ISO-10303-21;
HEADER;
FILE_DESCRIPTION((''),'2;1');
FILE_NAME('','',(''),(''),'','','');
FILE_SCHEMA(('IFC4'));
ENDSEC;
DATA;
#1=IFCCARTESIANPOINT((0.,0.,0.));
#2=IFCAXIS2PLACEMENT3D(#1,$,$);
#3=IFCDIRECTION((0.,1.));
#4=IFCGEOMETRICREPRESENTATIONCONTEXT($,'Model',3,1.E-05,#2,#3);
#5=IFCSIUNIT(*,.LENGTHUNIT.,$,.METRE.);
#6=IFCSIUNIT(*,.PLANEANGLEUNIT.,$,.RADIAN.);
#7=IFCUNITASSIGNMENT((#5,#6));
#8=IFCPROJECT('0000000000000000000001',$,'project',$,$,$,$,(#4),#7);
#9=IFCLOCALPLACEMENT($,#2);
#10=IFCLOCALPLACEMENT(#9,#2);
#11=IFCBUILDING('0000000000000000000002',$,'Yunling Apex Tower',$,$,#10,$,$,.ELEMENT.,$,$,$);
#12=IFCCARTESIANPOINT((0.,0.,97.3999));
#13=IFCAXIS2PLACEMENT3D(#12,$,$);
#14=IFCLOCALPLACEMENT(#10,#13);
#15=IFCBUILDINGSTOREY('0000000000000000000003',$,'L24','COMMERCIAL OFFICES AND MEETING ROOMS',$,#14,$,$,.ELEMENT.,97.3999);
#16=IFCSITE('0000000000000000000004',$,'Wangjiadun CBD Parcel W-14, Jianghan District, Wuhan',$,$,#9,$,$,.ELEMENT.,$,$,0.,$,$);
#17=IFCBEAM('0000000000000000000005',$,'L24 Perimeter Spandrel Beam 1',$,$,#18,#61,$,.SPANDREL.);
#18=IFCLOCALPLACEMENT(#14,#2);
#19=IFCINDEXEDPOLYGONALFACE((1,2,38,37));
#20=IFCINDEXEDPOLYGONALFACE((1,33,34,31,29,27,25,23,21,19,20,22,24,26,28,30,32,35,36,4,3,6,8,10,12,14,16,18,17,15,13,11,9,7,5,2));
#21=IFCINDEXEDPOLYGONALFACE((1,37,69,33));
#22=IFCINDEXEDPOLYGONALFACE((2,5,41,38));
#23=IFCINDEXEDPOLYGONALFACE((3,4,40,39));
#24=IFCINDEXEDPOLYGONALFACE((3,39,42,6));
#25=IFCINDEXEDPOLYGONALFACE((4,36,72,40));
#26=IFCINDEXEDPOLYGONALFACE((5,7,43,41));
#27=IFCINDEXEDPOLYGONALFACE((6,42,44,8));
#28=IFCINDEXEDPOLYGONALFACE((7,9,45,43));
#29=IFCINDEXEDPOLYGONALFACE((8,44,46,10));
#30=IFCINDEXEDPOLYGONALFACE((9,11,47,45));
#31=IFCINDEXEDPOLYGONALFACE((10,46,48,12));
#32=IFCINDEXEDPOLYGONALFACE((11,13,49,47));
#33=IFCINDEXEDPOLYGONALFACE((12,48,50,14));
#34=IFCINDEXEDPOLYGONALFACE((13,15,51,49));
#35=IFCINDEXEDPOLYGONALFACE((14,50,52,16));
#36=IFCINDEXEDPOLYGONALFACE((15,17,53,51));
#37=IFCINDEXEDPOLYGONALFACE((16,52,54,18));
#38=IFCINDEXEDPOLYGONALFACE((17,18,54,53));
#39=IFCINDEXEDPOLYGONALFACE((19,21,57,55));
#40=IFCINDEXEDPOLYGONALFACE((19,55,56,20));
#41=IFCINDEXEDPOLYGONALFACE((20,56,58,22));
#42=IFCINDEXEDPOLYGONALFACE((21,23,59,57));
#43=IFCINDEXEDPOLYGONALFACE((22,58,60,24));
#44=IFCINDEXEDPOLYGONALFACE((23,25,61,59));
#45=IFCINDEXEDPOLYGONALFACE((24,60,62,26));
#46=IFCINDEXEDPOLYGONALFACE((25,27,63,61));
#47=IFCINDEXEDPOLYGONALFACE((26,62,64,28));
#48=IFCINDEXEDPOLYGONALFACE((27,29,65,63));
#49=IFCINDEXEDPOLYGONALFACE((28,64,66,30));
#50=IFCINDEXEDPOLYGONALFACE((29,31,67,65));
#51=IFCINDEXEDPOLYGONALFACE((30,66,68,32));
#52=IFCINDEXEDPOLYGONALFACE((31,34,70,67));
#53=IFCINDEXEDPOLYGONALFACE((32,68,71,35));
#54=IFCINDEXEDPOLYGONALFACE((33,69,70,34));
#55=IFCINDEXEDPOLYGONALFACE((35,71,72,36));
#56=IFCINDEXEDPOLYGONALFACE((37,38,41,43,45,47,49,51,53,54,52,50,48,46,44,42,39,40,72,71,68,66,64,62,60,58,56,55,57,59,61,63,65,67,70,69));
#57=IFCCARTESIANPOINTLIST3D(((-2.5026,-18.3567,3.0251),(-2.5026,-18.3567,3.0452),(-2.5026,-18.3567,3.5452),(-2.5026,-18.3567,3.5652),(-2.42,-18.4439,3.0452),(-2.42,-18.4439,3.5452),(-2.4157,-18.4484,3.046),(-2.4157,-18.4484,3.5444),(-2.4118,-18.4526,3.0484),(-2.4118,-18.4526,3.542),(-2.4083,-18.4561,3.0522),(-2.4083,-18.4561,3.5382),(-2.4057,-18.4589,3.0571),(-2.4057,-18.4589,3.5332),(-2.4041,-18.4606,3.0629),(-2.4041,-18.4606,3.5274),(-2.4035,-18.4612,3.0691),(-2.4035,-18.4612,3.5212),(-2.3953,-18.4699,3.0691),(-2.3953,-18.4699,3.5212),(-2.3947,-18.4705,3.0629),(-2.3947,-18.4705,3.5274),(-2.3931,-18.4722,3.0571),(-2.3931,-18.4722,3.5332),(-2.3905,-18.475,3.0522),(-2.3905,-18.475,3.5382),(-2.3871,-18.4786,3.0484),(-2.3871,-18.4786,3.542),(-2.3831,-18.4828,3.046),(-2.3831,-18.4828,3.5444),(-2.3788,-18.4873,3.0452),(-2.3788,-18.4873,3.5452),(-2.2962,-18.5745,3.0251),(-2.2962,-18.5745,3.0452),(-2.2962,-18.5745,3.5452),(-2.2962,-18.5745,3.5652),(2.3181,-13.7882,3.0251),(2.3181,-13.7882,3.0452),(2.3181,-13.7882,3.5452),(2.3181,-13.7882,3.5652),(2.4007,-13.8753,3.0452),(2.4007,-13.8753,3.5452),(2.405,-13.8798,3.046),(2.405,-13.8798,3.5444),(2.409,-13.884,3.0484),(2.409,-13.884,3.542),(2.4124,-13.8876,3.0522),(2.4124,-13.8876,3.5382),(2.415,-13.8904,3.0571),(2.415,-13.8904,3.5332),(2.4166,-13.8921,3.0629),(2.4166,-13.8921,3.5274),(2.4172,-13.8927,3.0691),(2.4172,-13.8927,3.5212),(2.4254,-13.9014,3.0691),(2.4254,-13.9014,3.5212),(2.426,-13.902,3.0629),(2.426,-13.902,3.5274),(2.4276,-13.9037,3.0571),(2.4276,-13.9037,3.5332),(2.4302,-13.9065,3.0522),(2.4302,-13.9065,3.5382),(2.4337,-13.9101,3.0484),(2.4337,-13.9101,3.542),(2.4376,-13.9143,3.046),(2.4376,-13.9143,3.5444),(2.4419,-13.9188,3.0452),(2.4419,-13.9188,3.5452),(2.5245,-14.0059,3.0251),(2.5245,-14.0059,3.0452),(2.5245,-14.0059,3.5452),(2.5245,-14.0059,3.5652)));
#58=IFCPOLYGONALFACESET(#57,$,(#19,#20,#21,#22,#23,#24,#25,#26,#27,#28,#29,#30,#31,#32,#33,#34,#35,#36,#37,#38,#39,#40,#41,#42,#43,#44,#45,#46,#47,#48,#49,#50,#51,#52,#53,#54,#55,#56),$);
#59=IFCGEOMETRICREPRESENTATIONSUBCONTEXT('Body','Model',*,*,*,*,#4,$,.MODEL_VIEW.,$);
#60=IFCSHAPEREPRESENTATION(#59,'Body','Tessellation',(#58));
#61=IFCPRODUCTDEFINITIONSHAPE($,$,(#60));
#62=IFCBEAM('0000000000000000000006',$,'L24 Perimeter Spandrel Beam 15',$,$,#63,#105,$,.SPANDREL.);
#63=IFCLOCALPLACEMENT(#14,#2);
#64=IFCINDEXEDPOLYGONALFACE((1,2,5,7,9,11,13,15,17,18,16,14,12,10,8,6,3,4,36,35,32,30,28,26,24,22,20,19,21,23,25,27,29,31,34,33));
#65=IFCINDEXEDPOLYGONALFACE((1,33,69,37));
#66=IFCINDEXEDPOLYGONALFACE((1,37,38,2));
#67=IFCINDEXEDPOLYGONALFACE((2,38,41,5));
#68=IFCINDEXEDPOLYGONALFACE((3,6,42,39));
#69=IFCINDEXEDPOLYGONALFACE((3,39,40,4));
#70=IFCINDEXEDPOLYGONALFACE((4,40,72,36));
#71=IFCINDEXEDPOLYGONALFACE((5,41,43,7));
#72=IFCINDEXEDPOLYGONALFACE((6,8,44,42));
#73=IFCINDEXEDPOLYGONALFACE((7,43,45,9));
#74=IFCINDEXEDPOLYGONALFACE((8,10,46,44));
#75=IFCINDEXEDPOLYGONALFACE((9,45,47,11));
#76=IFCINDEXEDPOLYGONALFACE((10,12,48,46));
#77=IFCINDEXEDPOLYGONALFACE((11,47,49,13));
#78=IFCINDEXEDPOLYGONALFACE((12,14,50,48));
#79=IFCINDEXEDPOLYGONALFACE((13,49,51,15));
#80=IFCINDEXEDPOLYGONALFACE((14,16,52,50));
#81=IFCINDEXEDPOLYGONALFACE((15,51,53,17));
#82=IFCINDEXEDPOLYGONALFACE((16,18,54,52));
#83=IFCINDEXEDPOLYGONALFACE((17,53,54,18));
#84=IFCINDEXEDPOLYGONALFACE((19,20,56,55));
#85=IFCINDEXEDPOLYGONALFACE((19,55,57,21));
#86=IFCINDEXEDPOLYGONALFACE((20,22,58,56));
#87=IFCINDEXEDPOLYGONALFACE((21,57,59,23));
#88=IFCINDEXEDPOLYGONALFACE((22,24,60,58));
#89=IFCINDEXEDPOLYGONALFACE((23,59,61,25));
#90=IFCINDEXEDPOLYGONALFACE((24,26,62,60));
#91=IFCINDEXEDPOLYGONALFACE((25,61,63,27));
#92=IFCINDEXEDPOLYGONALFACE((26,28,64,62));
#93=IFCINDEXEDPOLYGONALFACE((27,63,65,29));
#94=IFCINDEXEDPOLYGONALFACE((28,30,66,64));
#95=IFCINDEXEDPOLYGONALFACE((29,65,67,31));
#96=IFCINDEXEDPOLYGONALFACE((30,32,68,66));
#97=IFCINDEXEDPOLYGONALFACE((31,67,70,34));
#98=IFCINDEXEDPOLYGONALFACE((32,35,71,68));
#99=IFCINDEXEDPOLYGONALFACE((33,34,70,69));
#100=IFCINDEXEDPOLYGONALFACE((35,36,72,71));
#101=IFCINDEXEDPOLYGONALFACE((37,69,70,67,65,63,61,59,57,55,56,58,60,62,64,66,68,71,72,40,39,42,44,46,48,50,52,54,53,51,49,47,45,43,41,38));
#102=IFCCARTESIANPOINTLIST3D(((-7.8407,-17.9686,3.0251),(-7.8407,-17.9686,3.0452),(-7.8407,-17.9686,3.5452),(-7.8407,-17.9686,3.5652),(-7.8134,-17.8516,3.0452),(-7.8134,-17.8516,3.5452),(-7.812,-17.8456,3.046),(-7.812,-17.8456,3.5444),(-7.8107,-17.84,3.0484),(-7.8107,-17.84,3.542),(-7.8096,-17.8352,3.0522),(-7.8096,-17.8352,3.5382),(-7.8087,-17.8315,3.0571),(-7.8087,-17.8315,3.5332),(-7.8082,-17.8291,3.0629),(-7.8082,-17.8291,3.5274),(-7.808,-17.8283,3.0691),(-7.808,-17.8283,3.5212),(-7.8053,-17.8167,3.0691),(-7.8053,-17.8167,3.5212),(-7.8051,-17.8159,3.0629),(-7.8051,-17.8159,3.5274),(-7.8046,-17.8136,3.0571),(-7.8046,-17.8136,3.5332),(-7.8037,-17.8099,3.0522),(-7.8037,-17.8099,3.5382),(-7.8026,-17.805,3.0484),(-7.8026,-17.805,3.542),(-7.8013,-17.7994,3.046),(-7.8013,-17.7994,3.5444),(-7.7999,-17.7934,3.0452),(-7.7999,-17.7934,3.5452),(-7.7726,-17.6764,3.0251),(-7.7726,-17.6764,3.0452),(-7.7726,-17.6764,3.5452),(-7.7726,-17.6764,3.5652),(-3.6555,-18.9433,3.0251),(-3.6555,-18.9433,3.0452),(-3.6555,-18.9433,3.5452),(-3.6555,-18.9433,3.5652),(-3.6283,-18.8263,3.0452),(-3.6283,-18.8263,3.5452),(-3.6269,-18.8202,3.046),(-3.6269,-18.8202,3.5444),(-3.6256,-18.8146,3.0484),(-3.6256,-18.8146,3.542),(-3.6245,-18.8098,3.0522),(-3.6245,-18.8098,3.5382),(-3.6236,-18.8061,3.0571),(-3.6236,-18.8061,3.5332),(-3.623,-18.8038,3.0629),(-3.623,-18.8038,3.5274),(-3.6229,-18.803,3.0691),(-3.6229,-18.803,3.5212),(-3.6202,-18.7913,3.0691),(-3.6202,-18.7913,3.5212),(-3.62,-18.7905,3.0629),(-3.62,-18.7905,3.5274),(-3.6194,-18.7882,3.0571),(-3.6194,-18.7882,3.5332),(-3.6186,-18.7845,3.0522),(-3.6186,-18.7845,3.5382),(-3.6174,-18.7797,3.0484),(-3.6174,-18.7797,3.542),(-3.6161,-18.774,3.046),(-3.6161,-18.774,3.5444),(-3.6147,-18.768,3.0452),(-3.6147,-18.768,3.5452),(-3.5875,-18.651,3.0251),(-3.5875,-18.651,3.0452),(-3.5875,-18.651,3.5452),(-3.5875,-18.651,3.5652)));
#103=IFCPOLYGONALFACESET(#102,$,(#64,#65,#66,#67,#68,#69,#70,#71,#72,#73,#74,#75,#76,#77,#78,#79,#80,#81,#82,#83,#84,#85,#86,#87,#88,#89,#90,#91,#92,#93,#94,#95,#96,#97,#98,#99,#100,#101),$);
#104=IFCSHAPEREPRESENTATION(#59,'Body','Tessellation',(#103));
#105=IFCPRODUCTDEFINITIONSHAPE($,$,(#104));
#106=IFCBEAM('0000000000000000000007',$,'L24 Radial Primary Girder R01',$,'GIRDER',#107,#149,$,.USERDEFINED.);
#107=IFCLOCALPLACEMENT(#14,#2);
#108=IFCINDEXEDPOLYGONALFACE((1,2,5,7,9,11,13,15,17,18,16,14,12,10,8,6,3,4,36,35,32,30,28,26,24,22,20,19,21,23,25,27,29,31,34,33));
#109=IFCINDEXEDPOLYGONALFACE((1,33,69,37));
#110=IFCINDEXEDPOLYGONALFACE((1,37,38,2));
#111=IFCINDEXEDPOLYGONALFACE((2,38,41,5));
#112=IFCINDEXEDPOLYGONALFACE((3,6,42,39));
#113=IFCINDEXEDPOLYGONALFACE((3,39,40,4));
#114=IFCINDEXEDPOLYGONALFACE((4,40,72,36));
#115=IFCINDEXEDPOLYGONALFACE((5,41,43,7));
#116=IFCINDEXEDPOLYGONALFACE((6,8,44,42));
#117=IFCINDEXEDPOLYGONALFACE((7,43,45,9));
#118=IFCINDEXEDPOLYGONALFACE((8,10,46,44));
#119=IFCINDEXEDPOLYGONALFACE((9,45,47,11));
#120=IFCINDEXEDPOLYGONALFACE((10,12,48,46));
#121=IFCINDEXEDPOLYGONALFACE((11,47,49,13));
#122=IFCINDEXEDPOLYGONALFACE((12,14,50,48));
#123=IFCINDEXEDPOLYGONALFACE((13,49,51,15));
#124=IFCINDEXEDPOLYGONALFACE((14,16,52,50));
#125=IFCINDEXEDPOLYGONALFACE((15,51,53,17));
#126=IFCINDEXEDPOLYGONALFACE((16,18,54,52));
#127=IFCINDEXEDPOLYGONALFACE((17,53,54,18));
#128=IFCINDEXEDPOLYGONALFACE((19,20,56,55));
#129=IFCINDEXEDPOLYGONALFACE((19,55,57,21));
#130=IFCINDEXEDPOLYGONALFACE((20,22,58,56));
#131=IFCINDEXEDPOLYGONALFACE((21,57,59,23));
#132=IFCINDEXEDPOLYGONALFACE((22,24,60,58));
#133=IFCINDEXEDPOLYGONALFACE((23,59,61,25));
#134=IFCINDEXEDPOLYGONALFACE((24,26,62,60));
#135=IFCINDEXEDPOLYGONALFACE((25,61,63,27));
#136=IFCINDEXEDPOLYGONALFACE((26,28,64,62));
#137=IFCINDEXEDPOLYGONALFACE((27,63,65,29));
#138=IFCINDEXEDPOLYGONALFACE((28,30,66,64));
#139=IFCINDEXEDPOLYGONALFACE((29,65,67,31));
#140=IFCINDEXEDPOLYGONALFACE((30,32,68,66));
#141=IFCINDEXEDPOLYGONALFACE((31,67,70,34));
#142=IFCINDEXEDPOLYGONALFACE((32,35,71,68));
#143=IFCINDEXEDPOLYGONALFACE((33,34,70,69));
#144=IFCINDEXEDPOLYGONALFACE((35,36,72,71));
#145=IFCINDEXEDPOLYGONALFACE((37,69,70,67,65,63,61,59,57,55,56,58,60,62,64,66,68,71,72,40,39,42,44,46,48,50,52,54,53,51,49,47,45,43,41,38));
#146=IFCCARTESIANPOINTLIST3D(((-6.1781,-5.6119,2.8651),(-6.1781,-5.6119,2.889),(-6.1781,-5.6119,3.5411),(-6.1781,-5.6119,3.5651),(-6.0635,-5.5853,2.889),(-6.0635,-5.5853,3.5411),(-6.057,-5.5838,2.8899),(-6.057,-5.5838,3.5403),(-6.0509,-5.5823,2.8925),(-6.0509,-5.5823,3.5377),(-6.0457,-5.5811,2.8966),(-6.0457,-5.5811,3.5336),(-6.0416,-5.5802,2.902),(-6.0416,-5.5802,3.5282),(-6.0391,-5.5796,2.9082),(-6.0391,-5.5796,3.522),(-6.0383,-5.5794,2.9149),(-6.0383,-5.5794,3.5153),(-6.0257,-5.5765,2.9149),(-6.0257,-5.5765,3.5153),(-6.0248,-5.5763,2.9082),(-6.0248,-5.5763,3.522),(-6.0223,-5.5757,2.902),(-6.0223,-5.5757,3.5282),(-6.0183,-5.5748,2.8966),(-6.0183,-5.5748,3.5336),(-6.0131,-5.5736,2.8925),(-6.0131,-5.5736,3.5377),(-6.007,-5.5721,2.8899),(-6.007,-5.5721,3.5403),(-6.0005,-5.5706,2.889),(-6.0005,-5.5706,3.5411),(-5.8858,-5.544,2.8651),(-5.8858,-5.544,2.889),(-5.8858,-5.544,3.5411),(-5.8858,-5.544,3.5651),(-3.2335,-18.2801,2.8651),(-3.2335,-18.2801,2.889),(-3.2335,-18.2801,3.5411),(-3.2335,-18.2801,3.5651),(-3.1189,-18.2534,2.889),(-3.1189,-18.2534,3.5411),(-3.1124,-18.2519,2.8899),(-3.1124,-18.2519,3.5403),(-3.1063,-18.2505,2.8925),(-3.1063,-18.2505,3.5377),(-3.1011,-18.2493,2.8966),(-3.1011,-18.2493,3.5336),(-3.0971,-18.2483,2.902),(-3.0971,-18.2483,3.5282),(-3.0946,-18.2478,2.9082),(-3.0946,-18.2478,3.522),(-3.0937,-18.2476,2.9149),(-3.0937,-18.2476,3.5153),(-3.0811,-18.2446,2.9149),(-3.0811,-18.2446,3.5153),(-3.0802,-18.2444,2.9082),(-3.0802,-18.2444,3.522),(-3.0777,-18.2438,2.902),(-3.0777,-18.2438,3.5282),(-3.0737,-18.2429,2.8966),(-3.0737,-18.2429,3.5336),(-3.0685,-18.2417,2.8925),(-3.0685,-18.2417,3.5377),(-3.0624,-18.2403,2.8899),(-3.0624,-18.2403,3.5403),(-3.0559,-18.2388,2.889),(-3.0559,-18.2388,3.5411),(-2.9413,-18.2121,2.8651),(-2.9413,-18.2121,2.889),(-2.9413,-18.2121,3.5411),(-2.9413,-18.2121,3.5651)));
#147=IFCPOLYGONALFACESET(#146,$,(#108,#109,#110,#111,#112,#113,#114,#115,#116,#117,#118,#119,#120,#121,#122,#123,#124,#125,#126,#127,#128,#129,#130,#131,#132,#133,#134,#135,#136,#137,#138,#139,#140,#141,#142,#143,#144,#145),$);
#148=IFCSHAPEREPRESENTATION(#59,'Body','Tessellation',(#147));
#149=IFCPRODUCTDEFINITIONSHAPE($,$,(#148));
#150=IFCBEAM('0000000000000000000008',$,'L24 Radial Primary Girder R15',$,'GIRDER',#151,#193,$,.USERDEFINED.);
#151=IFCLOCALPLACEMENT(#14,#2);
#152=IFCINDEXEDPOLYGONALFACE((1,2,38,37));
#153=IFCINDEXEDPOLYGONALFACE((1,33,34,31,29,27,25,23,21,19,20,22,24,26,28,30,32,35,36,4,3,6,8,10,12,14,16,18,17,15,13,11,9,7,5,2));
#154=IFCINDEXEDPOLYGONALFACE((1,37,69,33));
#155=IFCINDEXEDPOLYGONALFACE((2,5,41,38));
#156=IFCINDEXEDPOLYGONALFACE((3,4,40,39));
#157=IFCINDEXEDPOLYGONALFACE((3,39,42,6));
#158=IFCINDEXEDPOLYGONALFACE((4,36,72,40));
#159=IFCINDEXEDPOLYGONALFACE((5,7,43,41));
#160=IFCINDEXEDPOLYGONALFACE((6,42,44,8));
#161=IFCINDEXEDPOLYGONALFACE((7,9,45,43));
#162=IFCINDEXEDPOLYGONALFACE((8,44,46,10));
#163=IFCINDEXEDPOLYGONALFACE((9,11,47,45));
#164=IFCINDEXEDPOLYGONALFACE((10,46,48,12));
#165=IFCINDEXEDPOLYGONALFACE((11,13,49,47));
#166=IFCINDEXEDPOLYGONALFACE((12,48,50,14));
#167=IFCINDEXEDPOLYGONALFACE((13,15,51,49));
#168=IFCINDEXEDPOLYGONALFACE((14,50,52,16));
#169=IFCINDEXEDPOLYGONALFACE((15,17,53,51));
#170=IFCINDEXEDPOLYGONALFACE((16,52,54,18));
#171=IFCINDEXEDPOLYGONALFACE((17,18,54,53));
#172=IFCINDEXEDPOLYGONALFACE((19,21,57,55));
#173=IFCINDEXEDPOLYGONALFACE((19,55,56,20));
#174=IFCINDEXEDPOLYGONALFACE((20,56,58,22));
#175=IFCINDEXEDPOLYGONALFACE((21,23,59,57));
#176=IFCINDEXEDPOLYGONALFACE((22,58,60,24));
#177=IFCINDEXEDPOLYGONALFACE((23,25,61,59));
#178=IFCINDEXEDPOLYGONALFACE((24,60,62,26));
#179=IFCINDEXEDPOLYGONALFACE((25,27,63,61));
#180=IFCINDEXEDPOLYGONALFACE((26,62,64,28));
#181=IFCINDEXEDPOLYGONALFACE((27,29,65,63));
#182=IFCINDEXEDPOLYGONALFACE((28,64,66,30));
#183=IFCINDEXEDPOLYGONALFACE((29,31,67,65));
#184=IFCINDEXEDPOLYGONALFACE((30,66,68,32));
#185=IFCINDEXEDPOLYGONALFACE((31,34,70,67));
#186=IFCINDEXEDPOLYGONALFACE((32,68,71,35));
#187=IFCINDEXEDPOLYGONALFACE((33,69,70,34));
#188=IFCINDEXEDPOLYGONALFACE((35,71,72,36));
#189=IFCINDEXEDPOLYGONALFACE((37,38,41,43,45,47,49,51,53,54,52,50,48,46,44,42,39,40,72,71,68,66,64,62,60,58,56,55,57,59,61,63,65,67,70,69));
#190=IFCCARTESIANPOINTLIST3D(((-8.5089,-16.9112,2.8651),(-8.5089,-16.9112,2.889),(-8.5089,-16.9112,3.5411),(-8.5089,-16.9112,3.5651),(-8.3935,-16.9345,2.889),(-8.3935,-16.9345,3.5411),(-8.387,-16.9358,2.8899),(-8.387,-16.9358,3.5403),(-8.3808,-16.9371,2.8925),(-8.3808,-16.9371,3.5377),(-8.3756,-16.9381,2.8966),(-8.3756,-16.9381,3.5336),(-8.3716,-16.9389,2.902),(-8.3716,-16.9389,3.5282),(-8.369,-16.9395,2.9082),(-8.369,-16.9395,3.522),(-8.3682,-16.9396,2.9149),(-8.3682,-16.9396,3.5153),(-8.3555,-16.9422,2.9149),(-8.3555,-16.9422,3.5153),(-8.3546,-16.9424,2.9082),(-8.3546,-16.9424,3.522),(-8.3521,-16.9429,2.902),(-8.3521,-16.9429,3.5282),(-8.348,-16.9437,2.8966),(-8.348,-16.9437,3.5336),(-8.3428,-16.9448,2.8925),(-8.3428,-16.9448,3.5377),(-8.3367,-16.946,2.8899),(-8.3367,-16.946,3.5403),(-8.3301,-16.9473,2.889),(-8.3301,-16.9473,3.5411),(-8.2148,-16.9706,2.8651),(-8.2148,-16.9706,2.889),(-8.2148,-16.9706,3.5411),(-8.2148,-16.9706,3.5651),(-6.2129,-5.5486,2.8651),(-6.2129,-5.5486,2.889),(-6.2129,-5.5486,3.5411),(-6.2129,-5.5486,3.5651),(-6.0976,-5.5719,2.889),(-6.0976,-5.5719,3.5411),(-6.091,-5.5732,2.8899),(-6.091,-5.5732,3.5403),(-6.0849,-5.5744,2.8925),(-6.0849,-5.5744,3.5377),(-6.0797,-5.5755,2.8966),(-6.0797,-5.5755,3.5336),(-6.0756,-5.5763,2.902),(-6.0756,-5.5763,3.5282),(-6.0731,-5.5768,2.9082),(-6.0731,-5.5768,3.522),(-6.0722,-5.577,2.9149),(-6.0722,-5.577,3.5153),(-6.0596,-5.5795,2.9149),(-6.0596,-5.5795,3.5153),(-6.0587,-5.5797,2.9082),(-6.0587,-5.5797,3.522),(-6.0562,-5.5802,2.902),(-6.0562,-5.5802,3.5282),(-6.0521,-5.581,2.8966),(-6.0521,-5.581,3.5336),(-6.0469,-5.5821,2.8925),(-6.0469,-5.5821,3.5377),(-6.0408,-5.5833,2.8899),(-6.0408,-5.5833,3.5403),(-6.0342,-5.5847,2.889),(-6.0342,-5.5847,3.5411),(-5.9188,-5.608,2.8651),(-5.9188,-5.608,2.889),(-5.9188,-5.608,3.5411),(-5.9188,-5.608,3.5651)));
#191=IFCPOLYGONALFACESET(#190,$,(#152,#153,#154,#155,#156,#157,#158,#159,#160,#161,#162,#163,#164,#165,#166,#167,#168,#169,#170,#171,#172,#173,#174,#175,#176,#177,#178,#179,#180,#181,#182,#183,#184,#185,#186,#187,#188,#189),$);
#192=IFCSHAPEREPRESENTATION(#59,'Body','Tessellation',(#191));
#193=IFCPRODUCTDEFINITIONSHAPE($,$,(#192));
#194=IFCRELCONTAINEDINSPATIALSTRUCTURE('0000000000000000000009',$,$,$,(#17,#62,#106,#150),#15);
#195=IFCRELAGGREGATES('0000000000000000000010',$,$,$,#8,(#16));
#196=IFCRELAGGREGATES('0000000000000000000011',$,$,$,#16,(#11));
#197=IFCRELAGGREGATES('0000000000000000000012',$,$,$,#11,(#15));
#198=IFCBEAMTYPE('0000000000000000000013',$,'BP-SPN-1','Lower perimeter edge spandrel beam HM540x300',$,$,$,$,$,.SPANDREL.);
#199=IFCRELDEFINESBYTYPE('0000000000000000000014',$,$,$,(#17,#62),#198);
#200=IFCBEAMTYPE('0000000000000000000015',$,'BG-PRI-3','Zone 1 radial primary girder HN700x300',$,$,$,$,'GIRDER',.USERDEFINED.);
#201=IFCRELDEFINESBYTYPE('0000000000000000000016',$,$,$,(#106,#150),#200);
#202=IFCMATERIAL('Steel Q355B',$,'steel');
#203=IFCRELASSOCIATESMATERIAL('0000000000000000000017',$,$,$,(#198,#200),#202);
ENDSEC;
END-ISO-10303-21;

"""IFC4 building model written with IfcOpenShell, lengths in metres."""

from ifc_helpers import new_model, si_unit, direction, frame, origin, origin_2d, place, context, subcontext, project, spatial, i_section, extrude, source, transform, mapped, material, material_profile, profile_set, type_object, element, save


model = new_model("IFC4")

# Units and contexts
model_context = context("Model", 3, precision=1e-05, world=origin(), true_north=direction((0.0, 1.0)))
body_context = subcontext(model_context, "Body", "Model", "MODEL_VIEW")
ifc_project = project(units=[si_unit("LENGTHUNIT", "METRE"), si_unit("PLANEANGLEUNIT", "RADIAN")], contexts=[model_context])

# Site, building, storey
site_placement = place(None, origin())
site = spatial("IfcSite", under=ifc_project, at=site_placement, Name="Wangjiadun CBD Parcel W-14, Jianghan District, Wuhan", CompositionType="ELEMENT", RefElevation=0.0)
building_placement = place(site_placement, origin())
building = spatial("IfcBuilding", under=site, at=building_placement, Name="Yunling Apex Tower", CompositionType="ELEMENT")
storey_placement = place(building_placement, frame((0.0, 0.0, 97.3999)))
storey = spatial("IfcBuildingStorey", under=building, at=storey_placement, Name="L24", Description="COMMERCIAL OFFICES AND MEETING ROOMS", CompositionType="ELEMENT", Elevation=97.3999)

# Beams
ifc_material_1 = material(Name="Steel Q355B", Category="steel")
ifc_material_profile_1 = material_profile(ifc_material_1, i_section(OverallWidth=0.3, OverallDepth=0.54, WebThickness=0.012, FlangeThickness=0.02, FilletRadius=0.0239, at=origin_2d()))
ifc_profile_set_1 = profile_set([ifc_material_profile_1], Name="Steel Q355B")
beam_type_1 = type_object("IfcBeamType", Name="BP-SPN-1", Description="Lower perimeter edge spandrel beam HM540x300", PredefinedType="SPANDREL", material=ifc_profile_set_1)
shared_shape_1 = source(origin(), body_context, "Body", "SweptSolid", [
    extrude(i_section(OverallWidth=0.3, OverallDepth=0.54, WebThickness=0.012, FlangeThickness=0.02, FilletRadius=0.0239, at=origin_2d()), origin(), (0.0, 0.0, 1.0), 6.6416),
])
beam_1_placement = place(storey_placement, frame((-2.3994, -18.4656, 3.2952), z_axis=(0.725838, 0.687866, 0.0), x_axis=(-0.687866, 0.725838, 0.0)))
element("IfcBeam", 1, at=beam_1_placement, inside=storey, type_object=beam_type_1, Name="L24 Perimeter Spandrel Beam 1", PredefinedType="SPANDREL", context=body_context, shape_type="MappedRepresentation", body=[
    mapped(shared_shape_1, transform((0.0, 0.0, 0.0), scale=1.0)),
])
shared_shape_2 = source(origin(), body_context, "Body", "SweptSolid", [
    extrude(i_section(OverallWidth=0.3, OverallDepth=0.54, WebThickness=0.012, FlangeThickness=0.02, FilletRadius=0.0239, at=origin_2d()), origin(), (0.0, 0.0, 1.0), 4.2971),
])
beam_2_placement = place(storey_placement, frame((-7.8066, -17.8225, 3.2952), z_axis=(0.973939, -0.226809, 0.0), x_axis=(0.226809, 0.973939, 0.0)))
element("IfcBeam", 2, at=beam_2_placement, inside=storey, type_object=beam_type_1, Name="L24 Perimeter Spandrel Beam 15", PredefinedType="SPANDREL", context=body_context, shape_type="MappedRepresentation", body=[
    mapped(shared_shape_2, transform((0.0, 0.0, 0.0), scale=1.0)),
])
ifc_material_profile_2 = material_profile(ifc_material_1, i_section(OverallWidth=0.3, OverallDepth=0.7, WebThickness=0.0129, FlangeThickness=0.0239, FilletRadius=0.0259, at=origin_2d()))
ifc_profile_set_2 = profile_set([ifc_material_profile_2], Name="Steel Q355B")
beam_type_2 = type_object("IfcBeamType", Name="BG-PRI-3", Description="Zone 1 radial primary girder HN700x300", ElementType="GIRDER", PredefinedType="USERDEFINED", material=ifc_profile_set_2)
shared_shape_3 = source(origin(), body_context, "Body", "SweptSolid", [
    extrude(i_section(OverallWidth=0.3, OverallDepth=0.7, WebThickness=0.0129, FlangeThickness=0.0239, FilletRadius=0.0259, at=origin_2d()), origin(), (0.0, 0.0, 1.0), 13.0059),
])
beam_3_placement = place(storey_placement, frame((-3.0874, -18.2461, 3.2151), z_axis=(-0.226403, 0.974034, 0.0), x_axis=(-0.974034, -0.226403, 0.0)))
element("IfcBeam", 3, at=beam_3_placement, inside=storey, type_object=beam_type_2, Name="L24 Radial Primary Girder R01", ObjectType="GIRDER", PredefinedType="USERDEFINED", context=body_context, shape_type="MappedRepresentation", body=[
    mapped(shared_shape_3, transform((0.0, 0.0, 0.0), scale=1.0)),
])
shared_shape_4 = source(origin(), body_context, "Body", "SweptSolid", [
    extrude(i_section(OverallWidth=0.3, OverallDepth=0.7, WebThickness=0.0129, FlangeThickness=0.0239, FilletRadius=0.0259, at=origin_2d()), origin(), (0.0, 0.0, 1.0), 11.5923),
])
beam_4_placement = place(storey_placement, frame((-8.3618, -16.9409, 3.2151), z_axis=(0.198056, 0.980191, 0.0), x_axis=(-0.980191, 0.198056, 0.0)))
element("IfcBeam", 4, at=beam_4_placement, inside=storey, type_object=beam_type_2, Name="L24 Radial Primary Girder R15", ObjectType="GIRDER", PredefinedType="USERDEFINED", context=body_context, shape_type="MappedRepresentation", body=[
    mapped(shared_shape_4, transform((0.0, 0.0, 0.0), scale=1.0)),
])

save(model, "model.ifc")
